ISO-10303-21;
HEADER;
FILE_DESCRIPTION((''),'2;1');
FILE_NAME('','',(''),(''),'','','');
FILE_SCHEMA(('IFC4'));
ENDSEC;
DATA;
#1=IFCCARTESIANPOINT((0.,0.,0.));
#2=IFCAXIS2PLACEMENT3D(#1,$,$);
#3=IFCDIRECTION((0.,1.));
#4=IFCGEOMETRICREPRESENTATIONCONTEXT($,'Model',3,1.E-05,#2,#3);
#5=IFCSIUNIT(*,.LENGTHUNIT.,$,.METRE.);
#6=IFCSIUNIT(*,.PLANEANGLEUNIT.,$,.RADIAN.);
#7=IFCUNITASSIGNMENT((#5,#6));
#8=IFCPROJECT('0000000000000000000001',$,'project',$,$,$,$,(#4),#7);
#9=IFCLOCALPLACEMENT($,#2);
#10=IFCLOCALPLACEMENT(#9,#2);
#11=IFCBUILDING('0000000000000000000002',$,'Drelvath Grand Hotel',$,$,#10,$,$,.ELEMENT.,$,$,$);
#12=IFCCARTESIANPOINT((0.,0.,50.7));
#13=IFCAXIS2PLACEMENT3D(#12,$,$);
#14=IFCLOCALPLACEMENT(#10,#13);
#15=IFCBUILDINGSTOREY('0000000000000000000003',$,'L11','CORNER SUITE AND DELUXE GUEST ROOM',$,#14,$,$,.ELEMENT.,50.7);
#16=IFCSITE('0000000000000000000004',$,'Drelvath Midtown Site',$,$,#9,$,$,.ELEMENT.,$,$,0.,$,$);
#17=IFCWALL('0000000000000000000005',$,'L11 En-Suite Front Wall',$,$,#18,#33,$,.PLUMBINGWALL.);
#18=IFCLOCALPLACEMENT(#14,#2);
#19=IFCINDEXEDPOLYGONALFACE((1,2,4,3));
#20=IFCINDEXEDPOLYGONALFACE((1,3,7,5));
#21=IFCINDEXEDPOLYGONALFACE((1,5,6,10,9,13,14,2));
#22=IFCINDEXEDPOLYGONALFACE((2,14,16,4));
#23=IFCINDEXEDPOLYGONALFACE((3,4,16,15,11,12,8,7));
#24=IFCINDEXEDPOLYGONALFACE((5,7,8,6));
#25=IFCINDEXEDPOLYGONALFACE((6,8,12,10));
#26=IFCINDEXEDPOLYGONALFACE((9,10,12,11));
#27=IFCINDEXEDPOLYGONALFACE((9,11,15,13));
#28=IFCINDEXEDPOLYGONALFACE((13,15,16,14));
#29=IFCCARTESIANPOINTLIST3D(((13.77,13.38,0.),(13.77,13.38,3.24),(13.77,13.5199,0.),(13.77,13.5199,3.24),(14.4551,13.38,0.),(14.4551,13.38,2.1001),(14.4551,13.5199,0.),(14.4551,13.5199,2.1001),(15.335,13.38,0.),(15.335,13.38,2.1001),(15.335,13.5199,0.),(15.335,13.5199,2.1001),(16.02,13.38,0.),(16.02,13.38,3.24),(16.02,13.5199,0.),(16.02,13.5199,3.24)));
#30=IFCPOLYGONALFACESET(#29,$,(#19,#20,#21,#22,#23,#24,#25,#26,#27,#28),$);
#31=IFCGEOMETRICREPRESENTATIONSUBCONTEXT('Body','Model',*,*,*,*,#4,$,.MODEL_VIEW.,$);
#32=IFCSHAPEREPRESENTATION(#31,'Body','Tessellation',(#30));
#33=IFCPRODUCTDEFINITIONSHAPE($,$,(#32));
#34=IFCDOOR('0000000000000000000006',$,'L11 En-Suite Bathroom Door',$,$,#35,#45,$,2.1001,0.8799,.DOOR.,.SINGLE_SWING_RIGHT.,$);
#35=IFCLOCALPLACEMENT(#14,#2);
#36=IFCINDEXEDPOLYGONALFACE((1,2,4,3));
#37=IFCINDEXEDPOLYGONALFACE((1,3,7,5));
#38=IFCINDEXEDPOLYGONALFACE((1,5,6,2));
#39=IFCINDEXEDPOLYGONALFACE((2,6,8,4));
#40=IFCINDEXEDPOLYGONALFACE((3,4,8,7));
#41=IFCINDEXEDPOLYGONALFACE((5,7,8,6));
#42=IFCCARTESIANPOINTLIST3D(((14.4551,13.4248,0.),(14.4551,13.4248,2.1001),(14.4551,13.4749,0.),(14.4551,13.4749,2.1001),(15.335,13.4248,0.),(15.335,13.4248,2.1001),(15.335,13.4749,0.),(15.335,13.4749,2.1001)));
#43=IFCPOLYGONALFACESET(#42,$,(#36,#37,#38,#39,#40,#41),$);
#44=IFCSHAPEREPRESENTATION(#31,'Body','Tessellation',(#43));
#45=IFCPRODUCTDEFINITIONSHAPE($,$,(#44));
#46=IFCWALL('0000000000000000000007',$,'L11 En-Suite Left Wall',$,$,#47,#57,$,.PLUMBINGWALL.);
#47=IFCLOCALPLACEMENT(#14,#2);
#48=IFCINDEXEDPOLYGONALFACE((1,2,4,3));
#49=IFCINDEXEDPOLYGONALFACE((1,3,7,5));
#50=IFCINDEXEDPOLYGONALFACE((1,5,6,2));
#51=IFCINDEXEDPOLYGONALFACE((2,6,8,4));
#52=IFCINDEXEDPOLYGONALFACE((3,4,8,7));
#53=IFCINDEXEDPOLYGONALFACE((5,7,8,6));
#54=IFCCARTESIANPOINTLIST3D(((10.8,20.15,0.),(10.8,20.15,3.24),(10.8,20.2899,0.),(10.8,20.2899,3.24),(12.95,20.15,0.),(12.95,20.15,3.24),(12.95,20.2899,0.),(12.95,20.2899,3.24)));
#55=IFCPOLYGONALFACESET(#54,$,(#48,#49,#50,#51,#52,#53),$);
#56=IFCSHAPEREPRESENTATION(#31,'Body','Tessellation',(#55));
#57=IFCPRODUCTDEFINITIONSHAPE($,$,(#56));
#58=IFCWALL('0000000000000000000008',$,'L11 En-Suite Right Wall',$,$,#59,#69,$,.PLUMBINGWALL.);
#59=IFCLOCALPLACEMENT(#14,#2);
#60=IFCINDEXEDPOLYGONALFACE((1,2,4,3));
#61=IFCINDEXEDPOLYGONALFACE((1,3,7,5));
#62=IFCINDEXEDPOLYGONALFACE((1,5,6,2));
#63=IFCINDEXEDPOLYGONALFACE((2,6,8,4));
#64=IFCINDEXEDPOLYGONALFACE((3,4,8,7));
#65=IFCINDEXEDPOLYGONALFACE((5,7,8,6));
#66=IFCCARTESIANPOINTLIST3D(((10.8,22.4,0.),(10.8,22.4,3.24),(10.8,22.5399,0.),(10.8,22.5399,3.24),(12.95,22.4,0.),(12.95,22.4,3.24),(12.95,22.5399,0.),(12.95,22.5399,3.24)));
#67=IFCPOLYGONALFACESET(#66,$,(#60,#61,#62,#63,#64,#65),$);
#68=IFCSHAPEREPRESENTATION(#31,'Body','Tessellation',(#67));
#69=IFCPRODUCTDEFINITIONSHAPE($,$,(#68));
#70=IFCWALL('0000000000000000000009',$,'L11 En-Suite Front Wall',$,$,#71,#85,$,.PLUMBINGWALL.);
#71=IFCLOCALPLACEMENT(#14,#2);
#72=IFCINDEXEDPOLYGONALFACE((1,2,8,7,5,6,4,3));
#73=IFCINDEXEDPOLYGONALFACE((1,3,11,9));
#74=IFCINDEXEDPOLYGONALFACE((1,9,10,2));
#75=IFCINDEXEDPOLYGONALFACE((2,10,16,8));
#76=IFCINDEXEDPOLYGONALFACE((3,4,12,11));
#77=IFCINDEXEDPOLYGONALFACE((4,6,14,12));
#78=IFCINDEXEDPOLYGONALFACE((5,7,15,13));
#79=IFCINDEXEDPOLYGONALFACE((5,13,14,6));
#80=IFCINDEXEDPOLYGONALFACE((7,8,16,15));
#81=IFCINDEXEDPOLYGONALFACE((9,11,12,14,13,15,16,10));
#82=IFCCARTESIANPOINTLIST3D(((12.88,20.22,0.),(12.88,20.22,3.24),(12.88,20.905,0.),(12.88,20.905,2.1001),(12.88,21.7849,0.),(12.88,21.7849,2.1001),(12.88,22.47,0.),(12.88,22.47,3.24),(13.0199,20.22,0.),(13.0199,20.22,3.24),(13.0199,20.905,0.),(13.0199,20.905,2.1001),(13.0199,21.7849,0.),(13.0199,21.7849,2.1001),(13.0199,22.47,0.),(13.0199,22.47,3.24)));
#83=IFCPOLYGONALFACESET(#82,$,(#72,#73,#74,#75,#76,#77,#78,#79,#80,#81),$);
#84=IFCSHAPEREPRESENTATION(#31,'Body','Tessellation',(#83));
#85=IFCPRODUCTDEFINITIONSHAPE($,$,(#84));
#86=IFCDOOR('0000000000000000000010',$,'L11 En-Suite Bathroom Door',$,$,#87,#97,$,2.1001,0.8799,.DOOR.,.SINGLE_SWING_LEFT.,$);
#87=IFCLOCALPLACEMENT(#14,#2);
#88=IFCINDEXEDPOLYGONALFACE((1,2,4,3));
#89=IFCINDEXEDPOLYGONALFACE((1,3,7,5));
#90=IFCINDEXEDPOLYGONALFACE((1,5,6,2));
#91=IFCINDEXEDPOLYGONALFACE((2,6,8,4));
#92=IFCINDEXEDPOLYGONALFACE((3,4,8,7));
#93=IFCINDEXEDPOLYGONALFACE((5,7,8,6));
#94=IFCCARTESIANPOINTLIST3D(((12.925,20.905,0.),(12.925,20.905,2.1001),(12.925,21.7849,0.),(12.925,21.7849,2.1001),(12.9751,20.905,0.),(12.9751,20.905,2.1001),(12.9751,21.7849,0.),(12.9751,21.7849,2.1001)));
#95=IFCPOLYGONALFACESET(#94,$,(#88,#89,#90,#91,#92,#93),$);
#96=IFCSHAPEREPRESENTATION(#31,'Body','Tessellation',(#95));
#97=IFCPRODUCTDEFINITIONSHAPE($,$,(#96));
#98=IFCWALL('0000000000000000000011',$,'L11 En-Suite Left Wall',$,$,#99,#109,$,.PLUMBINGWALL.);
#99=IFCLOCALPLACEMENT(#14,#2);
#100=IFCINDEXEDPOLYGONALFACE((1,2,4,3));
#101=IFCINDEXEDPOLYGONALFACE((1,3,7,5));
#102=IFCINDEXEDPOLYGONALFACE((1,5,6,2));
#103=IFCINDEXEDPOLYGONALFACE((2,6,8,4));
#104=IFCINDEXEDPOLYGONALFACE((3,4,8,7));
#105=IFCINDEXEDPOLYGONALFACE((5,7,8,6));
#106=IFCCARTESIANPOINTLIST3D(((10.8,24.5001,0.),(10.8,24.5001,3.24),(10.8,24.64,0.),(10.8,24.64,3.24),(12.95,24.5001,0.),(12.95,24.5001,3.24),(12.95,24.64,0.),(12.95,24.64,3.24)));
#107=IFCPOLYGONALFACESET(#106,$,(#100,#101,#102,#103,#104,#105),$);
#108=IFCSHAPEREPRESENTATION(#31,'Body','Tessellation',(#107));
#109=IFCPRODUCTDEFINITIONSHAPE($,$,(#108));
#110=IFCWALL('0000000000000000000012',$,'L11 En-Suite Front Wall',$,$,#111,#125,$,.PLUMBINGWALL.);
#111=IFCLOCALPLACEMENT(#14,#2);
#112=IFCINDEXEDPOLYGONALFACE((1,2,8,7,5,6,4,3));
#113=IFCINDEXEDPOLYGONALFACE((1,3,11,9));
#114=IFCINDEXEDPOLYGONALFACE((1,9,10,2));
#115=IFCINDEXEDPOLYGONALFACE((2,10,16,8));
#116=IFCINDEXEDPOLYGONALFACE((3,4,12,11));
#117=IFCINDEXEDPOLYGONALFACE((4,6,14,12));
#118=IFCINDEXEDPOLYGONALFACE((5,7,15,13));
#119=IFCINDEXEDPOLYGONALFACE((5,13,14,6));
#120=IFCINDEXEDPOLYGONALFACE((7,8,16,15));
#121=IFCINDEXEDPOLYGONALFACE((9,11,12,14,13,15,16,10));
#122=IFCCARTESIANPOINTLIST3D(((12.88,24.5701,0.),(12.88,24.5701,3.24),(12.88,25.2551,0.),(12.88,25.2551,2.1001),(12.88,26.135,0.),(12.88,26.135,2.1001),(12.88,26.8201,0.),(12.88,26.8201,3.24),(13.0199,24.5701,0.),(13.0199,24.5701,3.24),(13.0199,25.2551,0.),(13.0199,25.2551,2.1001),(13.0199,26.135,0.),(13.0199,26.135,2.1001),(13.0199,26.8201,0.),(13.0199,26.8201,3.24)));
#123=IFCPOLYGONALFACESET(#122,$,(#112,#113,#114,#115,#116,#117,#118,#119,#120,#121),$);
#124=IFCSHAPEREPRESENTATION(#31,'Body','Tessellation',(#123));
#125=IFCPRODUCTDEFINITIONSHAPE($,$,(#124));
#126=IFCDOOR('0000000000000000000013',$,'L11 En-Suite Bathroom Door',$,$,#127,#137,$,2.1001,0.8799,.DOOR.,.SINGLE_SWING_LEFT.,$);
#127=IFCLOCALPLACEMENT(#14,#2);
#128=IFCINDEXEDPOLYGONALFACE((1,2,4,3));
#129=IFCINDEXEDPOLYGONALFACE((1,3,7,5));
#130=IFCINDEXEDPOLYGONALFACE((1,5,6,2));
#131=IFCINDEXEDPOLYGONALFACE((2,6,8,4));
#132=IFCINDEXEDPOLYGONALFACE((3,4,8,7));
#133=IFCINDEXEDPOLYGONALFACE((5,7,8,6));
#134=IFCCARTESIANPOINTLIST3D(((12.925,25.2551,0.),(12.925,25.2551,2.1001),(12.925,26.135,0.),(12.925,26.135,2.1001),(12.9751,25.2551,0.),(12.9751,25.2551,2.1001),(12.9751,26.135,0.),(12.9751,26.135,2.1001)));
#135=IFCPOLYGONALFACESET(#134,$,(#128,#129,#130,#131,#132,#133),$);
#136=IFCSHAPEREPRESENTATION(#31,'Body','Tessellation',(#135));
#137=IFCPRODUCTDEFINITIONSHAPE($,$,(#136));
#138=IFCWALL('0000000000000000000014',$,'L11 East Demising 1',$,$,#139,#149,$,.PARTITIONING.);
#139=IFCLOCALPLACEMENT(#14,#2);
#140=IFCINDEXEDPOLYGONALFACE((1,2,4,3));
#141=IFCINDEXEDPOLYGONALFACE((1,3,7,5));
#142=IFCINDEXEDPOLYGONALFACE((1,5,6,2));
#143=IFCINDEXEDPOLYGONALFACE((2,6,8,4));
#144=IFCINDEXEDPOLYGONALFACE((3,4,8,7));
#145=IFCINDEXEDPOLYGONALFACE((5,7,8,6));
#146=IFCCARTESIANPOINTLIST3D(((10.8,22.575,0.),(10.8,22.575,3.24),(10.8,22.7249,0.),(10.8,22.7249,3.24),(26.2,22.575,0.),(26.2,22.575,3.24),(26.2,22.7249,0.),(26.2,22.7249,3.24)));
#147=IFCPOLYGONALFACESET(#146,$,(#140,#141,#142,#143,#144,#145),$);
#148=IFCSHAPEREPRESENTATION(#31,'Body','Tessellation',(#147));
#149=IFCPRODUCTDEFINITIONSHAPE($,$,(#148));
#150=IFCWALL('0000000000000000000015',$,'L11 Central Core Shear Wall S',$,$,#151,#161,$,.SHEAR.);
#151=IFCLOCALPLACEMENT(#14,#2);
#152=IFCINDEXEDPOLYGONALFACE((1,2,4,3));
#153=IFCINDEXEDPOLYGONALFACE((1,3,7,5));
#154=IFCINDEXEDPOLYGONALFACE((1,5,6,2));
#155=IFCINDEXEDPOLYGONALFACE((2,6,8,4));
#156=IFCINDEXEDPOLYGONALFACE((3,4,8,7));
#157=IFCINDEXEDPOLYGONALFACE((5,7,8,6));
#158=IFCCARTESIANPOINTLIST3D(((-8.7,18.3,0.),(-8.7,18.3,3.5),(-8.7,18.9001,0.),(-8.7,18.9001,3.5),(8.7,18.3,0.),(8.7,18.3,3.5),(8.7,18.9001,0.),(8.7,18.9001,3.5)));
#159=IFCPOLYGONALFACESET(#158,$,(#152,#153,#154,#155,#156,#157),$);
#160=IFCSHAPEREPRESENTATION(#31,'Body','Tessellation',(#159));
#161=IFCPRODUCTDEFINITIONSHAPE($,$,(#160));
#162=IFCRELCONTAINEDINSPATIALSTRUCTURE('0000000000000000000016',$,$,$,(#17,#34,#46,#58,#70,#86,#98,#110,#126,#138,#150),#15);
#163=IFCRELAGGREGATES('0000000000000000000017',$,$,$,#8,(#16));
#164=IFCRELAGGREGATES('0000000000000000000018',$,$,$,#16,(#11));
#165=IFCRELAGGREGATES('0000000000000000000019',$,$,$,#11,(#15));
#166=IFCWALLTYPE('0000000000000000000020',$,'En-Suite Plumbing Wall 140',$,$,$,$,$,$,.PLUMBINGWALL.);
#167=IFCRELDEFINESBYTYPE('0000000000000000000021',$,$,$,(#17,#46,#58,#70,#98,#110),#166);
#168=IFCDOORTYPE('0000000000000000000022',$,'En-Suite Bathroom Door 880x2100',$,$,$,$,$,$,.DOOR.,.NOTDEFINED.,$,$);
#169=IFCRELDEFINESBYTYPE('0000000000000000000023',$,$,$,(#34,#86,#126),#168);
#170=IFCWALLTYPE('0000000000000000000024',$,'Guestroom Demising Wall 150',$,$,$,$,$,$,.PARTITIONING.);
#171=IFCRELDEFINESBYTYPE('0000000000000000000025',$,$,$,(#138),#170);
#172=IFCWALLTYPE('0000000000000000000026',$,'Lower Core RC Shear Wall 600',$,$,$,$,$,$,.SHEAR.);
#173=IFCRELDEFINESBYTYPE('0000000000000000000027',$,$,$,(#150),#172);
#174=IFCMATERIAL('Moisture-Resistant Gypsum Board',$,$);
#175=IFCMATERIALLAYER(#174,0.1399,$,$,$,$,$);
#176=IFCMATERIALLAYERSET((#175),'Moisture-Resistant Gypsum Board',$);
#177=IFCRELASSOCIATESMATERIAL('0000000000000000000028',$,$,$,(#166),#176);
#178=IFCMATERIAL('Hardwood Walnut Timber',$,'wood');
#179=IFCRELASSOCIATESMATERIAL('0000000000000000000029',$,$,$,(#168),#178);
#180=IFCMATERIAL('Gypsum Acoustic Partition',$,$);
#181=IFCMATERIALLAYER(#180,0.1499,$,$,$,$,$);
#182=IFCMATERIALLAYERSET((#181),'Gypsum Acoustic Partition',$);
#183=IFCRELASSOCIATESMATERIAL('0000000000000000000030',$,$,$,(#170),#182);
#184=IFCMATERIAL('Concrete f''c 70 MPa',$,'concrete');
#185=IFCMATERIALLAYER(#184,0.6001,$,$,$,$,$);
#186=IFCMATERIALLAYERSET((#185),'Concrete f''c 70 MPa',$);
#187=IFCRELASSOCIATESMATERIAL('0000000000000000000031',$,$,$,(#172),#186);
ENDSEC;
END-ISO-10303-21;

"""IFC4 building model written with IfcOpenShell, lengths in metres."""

from ifc_helpers import new_model, si_unit, direction, frame, frame_2d, origin, place, context, subcontext, project, spatial, rectangle, extrude, material, layer, layer_set, type_object, element, fill, save


model = new_model("IFC4")

# Units and contexts
model_context = context("Model", 3, precision=1e-05, world=origin(), true_north=direction((0.0, 1.0)))
body_context = subcontext(model_context, "Body", "Model", "MODEL_VIEW")
ifc_project = project(units=[si_unit("LENGTHUNIT", "METRE"), si_unit("PLANEANGLEUNIT", "RADIAN")], contexts=[model_context])

# Site, building, storey
site_placement = place(None, origin())
site = spatial("IfcSite", under=ifc_project, at=site_placement, Name="Drelvath Midtown Site", CompositionType="ELEMENT", RefElevation=0.0)
building_placement = place(site_placement, origin())
building = spatial("IfcBuilding", under=site, at=building_placement, Name="Drelvath Grand Hotel", CompositionType="ELEMENT")
storey_placement = place(building_placement, frame((0.0, 0.0, 50.7)))
storey = spatial("IfcBuildingStorey", under=building, at=storey_placement, Name="L11", Description="CORNER SUITE AND DELUXE GUEST ROOM", CompositionType="ELEMENT", Elevation=50.7)

# Shared definitions
ifc_material_1 = material(Name="Concrete f'c 70 MPa", Category="concrete")

# Shared definitions
ifc_material_2 = material(Name="Hardwood Walnut Timber", Category="wood")

# Wall, opening, door
ifc_material_3 = material(Name="Moisture-Resistant Gypsum Board")
ifc_layer_1 = layer(ifc_material_3, 0.1399)
ifc_layer_set_1 = layer_set([ifc_layer_1], Name="Moisture-Resistant Gypsum Board")
wall_type_1 = type_object("IfcWallType", Name="En-Suite Plumbing Wall 140", PredefinedType="PLUMBINGWALL", material=ifc_layer_set_1)
wall_1_placement = place(storey_placement, frame((13.77, 13.45, 0.0), z_axis=(0.0, 0.0, 1.0), x_axis=(1.0, 0.0, 0.0)))
wall_1 = element("IfcWall", 1, at=wall_1_placement, inside=storey, type_object=wall_type_1, Name="L11 En-Suite Front Wall", PredefinedType="PLUMBINGWALL", context=body_context, shape_type="SweptSolid", body=[
    extrude(rectangle(XDim=2.25, YDim=0.1399, at=frame_2d((1.125, 0.0))), origin(), (0.0, 0.0, 1.0), 3.24),
])
opening_1_placement = place(wall_1_placement, frame((0.6851, 0.0, 0.0)))
opening_1 = element("IfcOpeningElement", 2, at=opening_1_placement, cuts=wall_1, PredefinedType="OPENING", context=body_context, shape_type="SweptSolid", body=[
    extrude(rectangle(XDim=0.8799, YDim=2.1001, at=frame_2d((0.4399, 1.05))), frame((0.0, 0.0798, 0.0), z_axis=(0.0, -1.0, 0.0), x_axis=(1.0, 0.0, 0.0)), (0.0, 0.0, 1.0), 0.1599),
])
door_type_1 = type_object("IfcDoorType", Name="En-Suite Bathroom Door 880x2100", OperationType="NOTDEFINED", PredefinedType="DOOR", material=ifc_material_2)
door_1_placement = place(opening_1_placement, origin())
door_1 = element("IfcDoor", 3, at=door_1_placement, inside=storey, type_object=door_type_1, Name="L11 En-Suite Bathroom Door", OperationType="SINGLE_SWING_RIGHT", OverallHeight=2.1001, OverallWidth=0.8799, PredefinedType="DOOR", context=body_context, shape_type="SweptSolid", body=[
    extrude(rectangle(XDim=0.8799, YDim=2.1001, at=frame_2d((0.4399, 1.05))), frame((0.0, 0.0249, 0.0), z_axis=(0.0, -1.0, 0.0), x_axis=(1.0, 0.0, 0.0)), (0.0, 0.0, 1.0), 0.05),
])
fill(opening_1, door_1)

# Walls
for number, where, z_axis, x_axis, name in (
    (4, (10.8, 20.22, 0.0), (0.0, 0.0, 1.0), (1.0, 0.0, 0.0), "L11 En-Suite Left Wall"),
    (5, (10.8, 22.47, 0.0), (0.0, 0.0, 1.0), (1.0, 0.0, 0.0), "L11 En-Suite Right Wall"),
):
    element("IfcWall", number, at=place(storey_placement, frame(where, z_axis=z_axis, x_axis=x_axis)), inside=storey, type_object=wall_type_1, Name=name, PredefinedType="PLUMBINGWALL", context=body_context, shape_type="SweptSolid", body=[
        extrude(rectangle(XDim=2.1499, YDim=0.1399, at=frame_2d((1.075, 0.0))), origin(), (0.0, 0.0, 1.0), 3.24),
    ])

# Wall, opening, door
wall_2_placement = place(storey_placement, frame((12.95, 20.22, 0.0), z_axis=(0.0, 0.0, 1.0), x_axis=(0.0, 1.0, 0.0)))
wall_2 = element("IfcWall", 6, at=wall_2_placement, inside=storey, type_object=wall_type_1, Name="L11 En-Suite Front Wall", PredefinedType="PLUMBINGWALL", context=body_context, shape_type="SweptSolid", body=[
    extrude(rectangle(XDim=2.25, YDim=0.1399, at=frame_2d((1.125, 0.0))), origin(), (0.0, 0.0, 1.0), 3.24),
])
opening_2_placement = place(wall_2_placement, frame((0.6851, 0.0, 0.0)))
opening_2 = element("IfcOpeningElement", 7, at=opening_2_placement, cuts=wall_2, PredefinedType="OPENING", context=body_context, shape_type="SweptSolid", body=[
    extrude(rectangle(XDim=0.8799, YDim=2.1001, at=frame_2d((0.4399, 1.05))), frame((0.0, 0.0798, 0.0), z_axis=(0.0, -1.0, 0.0), x_axis=(1.0, 0.0, 0.0)), (0.0, 0.0, 1.0), 0.1599),
])
door_2_placement = place(opening_2_placement, origin())
door_2 = element("IfcDoor", 8, at=door_2_placement, inside=storey, type_object=door_type_1, Name="L11 En-Suite Bathroom Door", OperationType="SINGLE_SWING_LEFT", OverallHeight=2.1001, OverallWidth=0.8799, PredefinedType="DOOR", context=body_context, shape_type="SweptSolid", body=[
    extrude(rectangle(XDim=0.8799, YDim=2.1001, at=frame_2d((0.4399, 1.05))), frame((0.0, 0.0249, 0.0), z_axis=(0.0, -1.0, 0.0), x_axis=(1.0, 0.0, 0.0)), (0.0, 0.0, 1.0), 0.05),
])
fill(opening_2, door_2)

# Wall
wall_3_placement = place(storey_placement, frame((10.8, 24.5701, 0.0), z_axis=(0.0, 0.0, 1.0), x_axis=(1.0, 0.0, 0.0)))
element("IfcWall", 9, at=wall_3_placement, inside=storey, type_object=wall_type_1, Name="L11 En-Suite Left Wall", PredefinedType="PLUMBINGWALL", context=body_context, shape_type="SweptSolid", body=[
    extrude(rectangle(XDim=2.1499, YDim=0.1399, at=frame_2d((1.075, 0.0))), origin(), (0.0, 0.0, 1.0), 3.24),
])

# Wall, opening, door
wall_4_placement = place(storey_placement, frame((12.95, 24.5701, 0.0), z_axis=(0.0, 0.0, 1.0), x_axis=(0.0, 1.0, 0.0)))
wall_4 = element("IfcWall", 10, at=wall_4_placement, inside=storey, type_object=wall_type_1, Name="L11 En-Suite Front Wall", PredefinedType="PLUMBINGWALL", context=body_context, shape_type="SweptSolid", body=[
    extrude(rectangle(XDim=2.25, YDim=0.1399, at=frame_2d((1.125, 0.0))), origin(), (0.0, 0.0, 1.0), 3.24),
])
opening_3_placement = place(wall_4_placement, frame((0.6851, 0.0, 0.0)))
opening_3 = element("IfcOpeningElement", 11, at=opening_3_placement, cuts=wall_4, PredefinedType="OPENING", context=body_context, shape_type="SweptSolid", body=[
    extrude(rectangle(XDim=0.8799, YDim=2.1001, at=frame_2d((0.4399, 1.05))), frame((0.0, 0.0798, 0.0), z_axis=(0.0, -1.0, 0.0), x_axis=(1.0, 0.0, 0.0)), (0.0, 0.0, 1.0), 0.1599),
])
door_3_placement = place(opening_3_placement, origin())
door_3 = element("IfcDoor", 12, at=door_3_placement, inside=storey, type_object=door_type_1, Name="L11 En-Suite Bathroom Door", OperationType="SINGLE_SWING_LEFT", OverallHeight=2.1001, OverallWidth=0.8799, PredefinedType="DOOR", context=body_context, shape_type="SweptSolid", body=[
    extrude(rectangle(XDim=0.8799, YDim=2.1001, at=frame_2d((0.4399, 1.05))), frame((0.0, 0.0249, 0.0), z_axis=(0.0, -1.0, 0.0), x_axis=(1.0, 0.0, 0.0)), (0.0, 0.0, 1.0), 0.05),
])
fill(opening_3, door_3)

# Walls
ifc_material_4 = material(Name="Gypsum Acoustic Partition")
ifc_layer_2 = layer(ifc_material_4, 0.1499)
ifc_layer_set_2 = layer_set([ifc_layer_2], Name="Gypsum Acoustic Partition")
wall_type_2 = type_object("IfcWallType", Name="Guestroom Demising Wall 150", PredefinedType="PARTITIONING", material=ifc_layer_set_2)
wall_5_placement = place(storey_placement, frame((10.8, 22.6499, 0.0), z_axis=(0.0, 0.0, 1.0), x_axis=(1.0, 0.0, 0.0)))
element("IfcWall", 13, at=wall_5_placement, inside=storey, type_object=wall_type_2, Name="L11 East Demising 1", PredefinedType="PARTITIONING", context=body_context, shape_type="SweptSolid", body=[
    extrude(rectangle(XDim=15.3999, YDim=0.1499, at=frame_2d((7.7, 0.0))), origin(), (0.0, 0.0, 1.0), 3.24),
])
ifc_layer_3 = layer(ifc_material_1, 0.6001)
ifc_layer_set_3 = layer_set([ifc_layer_3], Name="Concrete f'c 70 MPa")
wall_type_3 = type_object("IfcWallType", Name="Lower Core RC Shear Wall 600", PredefinedType="SHEAR", material=ifc_layer_set_3)
wall_6_placement = place(storey_placement, frame((8.7, 18.6001, 0.0), z_axis=(0.0, 0.0, 1.0), x_axis=(-1.0, 0.0, 0.0)))
element("IfcWall", 14, at=wall_6_placement, inside=storey, type_object=wall_type_3, Name="L11 Central Core Shear Wall S", PredefinedType="SHEAR", context=body_context, shape_type="SweptSolid", body=[
    extrude(rectangle(XDim=17.3999, YDim=0.6001, at=frame_2d((8.7, 0.0))), origin(), (0.0, 0.0, 1.0), 3.5),
])

save(model, "model.ifc")
